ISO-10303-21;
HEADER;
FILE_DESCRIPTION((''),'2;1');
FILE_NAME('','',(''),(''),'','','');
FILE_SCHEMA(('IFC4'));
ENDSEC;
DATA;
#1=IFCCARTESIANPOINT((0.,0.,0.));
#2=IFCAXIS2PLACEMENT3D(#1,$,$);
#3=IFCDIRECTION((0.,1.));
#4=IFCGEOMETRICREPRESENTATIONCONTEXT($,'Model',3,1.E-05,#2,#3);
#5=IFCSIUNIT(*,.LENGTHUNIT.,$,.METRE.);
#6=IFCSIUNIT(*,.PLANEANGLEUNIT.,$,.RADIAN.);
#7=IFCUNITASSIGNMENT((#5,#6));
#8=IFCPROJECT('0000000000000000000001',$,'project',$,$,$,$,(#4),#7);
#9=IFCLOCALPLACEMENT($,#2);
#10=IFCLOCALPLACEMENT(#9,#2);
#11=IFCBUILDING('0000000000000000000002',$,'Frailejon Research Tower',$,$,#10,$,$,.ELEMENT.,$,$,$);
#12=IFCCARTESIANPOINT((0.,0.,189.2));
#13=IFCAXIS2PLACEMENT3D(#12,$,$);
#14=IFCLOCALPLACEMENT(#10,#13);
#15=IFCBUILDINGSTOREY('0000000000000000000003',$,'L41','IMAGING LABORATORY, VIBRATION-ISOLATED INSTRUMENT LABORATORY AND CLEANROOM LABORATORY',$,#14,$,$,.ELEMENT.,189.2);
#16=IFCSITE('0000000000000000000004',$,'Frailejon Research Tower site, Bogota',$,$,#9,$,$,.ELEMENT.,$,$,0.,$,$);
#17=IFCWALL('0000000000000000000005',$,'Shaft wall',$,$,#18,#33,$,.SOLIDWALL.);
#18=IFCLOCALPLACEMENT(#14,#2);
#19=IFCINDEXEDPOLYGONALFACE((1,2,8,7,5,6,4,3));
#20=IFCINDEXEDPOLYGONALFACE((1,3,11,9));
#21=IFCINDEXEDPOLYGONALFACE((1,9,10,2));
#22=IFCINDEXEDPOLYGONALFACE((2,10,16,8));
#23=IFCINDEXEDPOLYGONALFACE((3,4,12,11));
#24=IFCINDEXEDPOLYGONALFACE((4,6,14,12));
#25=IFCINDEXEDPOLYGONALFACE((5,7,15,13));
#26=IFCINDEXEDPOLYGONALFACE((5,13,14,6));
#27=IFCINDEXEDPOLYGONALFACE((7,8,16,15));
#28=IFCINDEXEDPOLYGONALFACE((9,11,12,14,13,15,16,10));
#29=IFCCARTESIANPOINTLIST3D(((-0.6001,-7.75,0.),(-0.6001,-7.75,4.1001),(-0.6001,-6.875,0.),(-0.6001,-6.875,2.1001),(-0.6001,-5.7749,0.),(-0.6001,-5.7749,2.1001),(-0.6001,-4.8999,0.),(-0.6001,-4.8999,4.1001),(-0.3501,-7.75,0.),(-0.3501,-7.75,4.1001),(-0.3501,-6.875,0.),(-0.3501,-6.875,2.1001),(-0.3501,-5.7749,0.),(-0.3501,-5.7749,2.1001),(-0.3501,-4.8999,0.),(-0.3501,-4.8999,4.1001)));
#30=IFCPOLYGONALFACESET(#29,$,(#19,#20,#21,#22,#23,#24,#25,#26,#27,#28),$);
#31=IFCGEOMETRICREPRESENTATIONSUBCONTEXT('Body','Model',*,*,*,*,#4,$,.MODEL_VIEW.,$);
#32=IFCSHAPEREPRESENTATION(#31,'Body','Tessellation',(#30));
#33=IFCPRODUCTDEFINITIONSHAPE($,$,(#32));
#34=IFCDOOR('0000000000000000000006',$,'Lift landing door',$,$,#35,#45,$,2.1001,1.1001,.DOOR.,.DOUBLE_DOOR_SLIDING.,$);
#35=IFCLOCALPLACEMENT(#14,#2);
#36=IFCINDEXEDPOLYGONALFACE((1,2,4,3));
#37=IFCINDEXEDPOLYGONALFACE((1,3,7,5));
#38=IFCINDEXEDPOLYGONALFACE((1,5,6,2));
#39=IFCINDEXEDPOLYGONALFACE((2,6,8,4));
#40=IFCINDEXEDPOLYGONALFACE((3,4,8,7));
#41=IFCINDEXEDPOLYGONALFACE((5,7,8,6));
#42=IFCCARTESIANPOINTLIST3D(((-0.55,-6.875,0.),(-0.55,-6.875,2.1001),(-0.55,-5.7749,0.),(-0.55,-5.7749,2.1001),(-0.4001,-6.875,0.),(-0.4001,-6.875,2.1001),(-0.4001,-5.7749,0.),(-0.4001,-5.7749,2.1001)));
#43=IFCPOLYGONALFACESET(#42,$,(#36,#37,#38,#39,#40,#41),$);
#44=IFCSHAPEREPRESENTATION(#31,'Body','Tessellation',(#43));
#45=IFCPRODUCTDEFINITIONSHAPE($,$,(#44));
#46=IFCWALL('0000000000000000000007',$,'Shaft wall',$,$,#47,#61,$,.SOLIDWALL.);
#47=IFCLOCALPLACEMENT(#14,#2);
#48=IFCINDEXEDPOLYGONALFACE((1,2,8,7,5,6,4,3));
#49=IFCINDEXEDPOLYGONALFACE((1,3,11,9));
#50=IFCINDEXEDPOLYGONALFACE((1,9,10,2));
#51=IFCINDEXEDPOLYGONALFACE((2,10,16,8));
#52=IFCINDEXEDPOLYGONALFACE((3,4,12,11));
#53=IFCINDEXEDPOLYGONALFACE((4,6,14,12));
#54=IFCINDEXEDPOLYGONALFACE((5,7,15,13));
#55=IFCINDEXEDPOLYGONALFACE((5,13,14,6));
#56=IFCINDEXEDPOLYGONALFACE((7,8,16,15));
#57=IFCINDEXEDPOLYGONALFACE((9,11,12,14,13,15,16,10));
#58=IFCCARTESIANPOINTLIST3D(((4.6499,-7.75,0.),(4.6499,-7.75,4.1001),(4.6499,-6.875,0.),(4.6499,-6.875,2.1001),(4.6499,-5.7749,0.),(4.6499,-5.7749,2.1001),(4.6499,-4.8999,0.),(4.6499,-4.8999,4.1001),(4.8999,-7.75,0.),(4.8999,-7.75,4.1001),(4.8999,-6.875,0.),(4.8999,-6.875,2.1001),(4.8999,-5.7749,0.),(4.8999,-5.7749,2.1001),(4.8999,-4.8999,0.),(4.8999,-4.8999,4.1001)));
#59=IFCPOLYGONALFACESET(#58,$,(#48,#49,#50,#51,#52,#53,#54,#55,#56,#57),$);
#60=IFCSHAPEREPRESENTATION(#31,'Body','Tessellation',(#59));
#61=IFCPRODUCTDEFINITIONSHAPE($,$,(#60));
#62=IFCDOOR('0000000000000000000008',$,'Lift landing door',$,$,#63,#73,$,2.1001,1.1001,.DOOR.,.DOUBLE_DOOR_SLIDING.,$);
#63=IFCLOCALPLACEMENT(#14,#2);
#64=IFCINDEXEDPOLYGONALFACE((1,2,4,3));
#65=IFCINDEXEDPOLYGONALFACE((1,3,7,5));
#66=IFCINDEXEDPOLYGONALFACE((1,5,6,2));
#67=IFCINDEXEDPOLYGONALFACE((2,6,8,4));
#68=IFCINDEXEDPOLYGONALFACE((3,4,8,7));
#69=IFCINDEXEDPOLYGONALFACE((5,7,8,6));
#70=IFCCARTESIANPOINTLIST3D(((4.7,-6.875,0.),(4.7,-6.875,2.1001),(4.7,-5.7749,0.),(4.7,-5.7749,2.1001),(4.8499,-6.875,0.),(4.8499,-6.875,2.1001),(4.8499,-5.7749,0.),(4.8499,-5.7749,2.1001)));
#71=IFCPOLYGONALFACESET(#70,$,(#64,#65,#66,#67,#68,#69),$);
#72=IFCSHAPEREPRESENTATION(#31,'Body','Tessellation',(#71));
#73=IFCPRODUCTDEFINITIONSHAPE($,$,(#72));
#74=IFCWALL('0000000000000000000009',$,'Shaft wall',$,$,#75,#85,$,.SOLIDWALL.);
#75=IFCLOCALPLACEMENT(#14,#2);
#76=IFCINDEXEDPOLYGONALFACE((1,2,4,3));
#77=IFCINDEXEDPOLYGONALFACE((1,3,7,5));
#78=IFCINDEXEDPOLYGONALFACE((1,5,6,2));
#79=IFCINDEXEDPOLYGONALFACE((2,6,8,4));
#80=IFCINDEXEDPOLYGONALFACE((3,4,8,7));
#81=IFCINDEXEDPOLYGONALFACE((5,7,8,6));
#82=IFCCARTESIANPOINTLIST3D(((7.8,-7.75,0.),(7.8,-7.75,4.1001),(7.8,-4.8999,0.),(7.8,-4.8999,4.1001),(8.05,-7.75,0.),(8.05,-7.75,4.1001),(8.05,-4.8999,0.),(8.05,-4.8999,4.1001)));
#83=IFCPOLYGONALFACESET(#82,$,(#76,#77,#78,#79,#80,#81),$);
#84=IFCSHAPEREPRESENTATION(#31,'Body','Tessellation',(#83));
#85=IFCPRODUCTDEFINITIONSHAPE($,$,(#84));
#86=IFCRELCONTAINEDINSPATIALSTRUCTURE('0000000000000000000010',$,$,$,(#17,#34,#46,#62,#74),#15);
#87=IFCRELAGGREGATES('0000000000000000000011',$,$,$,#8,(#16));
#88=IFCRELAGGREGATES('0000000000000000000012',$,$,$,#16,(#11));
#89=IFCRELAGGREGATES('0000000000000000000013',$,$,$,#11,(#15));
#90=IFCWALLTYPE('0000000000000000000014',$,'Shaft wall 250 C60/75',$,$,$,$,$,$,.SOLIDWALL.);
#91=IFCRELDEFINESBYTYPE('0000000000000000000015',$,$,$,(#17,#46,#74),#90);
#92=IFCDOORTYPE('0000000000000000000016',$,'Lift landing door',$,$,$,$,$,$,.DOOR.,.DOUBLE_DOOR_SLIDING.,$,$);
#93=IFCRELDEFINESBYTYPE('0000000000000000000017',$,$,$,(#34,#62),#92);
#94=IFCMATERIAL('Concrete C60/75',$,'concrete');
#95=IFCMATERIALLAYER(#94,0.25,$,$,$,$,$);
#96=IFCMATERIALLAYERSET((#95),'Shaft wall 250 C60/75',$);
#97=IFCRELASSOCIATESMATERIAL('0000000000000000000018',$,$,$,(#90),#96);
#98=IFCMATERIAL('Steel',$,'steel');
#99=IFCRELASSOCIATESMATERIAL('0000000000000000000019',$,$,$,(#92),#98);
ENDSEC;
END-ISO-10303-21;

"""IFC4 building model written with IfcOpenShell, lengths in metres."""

from ifc_helpers import new_model, si_unit, direction, frame, frame_2d, origin, place, context, subcontext, project, spatial, rectangle, extrude, material, layer, layer_set, type_object, element, fill, save


model = new_model("IFC4")

# Units and contexts
model_context = context("Model", 3, precision=1e-05, world=origin(), true_north=direction((0.0, 1.0)))
body_context = subcontext(model_context, "Body", "Model", "MODEL_VIEW")
ifc_project = project(units=[si_unit("LENGTHUNIT", "METRE"), si_unit("PLANEANGLEUNIT", "RADIAN")], contexts=[model_context])

# Site, building, storey
site_placement = place(None, origin())
site = spatial("IfcSite", under=ifc_project, at=site_placement, Name="Frailejon Research Tower site, Bogota", CompositionType="ELEMENT", RefElevation=0.0)
building_placement = place(site_placement, origin())
building = spatial("IfcBuilding", under=site, at=building_placement, Name="Frailejon Research Tower", CompositionType="ELEMENT")
storey_placement = place(building_placement, frame((0.0, 0.0, 189.2)))
storey = spatial("IfcBuildingStorey", under=building, at=storey_placement, Name="L41", Description="IMAGING LABORATORY, VIBRATION-ISOLATED INSTRUMENT LABORATORY AND CLEANROOM LABORATORY", CompositionType="ELEMENT", Elevation=189.2)

# Walls, openings, doors
ifc_material_1 = material(Name="Concrete C60/75", Category="concrete")
ifc_layer_1 = layer(ifc_material_1, 0.25)
ifc_layer_set_1 = layer_set([ifc_layer_1], Name="Shaft wall 250 C60/75")
wall_type_1 = type_object("IfcWallType", Name="Shaft wall 250 C60/75", PredefinedType="SOLIDWALL", material=ifc_layer_set_1)
wall_1_placement = place(storey_placement, frame((-0.4751, -7.75, 0.0), z_axis=(0.0, 0.0, 1.0), x_axis=(0.0, 1.0, 0.0)))
wall_1 = element("IfcWall", 1, at=wall_1_placement, inside=storey, type_object=wall_type_1, Name="Shaft wall", PredefinedType="SOLIDWALL", context=body_context, shape_type="SweptSolid", body=[
    extrude(rectangle(XDim=2.8501, YDim=0.25, at=frame_2d((1.425, 0.0))), origin(), (0.0, 0.0, 1.0), 4.1001),
])
opening_1_placement = place(wall_1_placement, frame((0.875, 0.0, 0.0)))
opening_1 = element("IfcOpeningElement", 2, at=opening_1_placement, cuts=wall_1, PredefinedType="OPENING", context=body_context, shape_type="SweptSolid", body=[
    extrude(rectangle(XDim=1.1001, YDim=2.1001, at=frame_2d((0.55, 1.05))), frame((0.0, 0.135, 0.0), z_axis=(0.0, -1.0, 0.0), x_axis=(1.0, 0.0, 0.0)), (0.0, 0.0, 1.0), 0.27),
])
ifc_material_2 = material(Name="Steel", Category="steel")
door_type_1 = type_object("IfcDoorType", Name="Lift landing door", OperationType="DOUBLE_DOOR_SLIDING", PredefinedType="DOOR", material=ifc_material_2)
door_1_placement = place(opening_1_placement, origin())
door_1 = element("IfcDoor", 3, at=door_1_placement, inside=storey, type_object=door_type_1, Name="Lift landing door", OperationType="DOUBLE_DOOR_SLIDING", OverallHeight=2.1001, OverallWidth=1.1001, PredefinedType="DOOR", context=body_context, shape_type="SweptSolid", body=[
    extrude(rectangle(XDim=1.1001, YDim=2.1001, at=frame_2d((0.55, 1.05))), frame((0.0, 0.075, 0.0), z_axis=(0.0, -1.0, 0.0), x_axis=(1.0, 0.0, 0.0)), (0.0, 0.0, 1.0), 0.1499),
])
fill(opening_1, door_1)
wall_2_placement = place(storey_placement, frame((4.7749, -7.75, 0.0), z_axis=(0.0, 0.0, 1.0), x_axis=(0.0, 1.0, 0.0)))
wall_2 = element("IfcWall", 4, at=wall_2_placement, inside=storey, type_object=wall_type_1, Name="Shaft wall", PredefinedType="SOLIDWALL", context=body_context, shape_type="SweptSolid", body=[
    extrude(rectangle(XDim=2.8501, YDim=0.25, at=frame_2d((1.425, 0.0))), origin(), (0.0, 0.0, 1.0), 4.1001),
])
opening_2_placement = place(wall_2_placement, frame((0.875, 0.0, 0.0)))
opening_2 = element("IfcOpeningElement", 5, at=opening_2_placement, cuts=wall_2, PredefinedType="OPENING", context=body_context, shape_type="SweptSolid", body=[
    extrude(rectangle(XDim=1.1001, YDim=2.1001, at=frame_2d((0.55, 1.05))), frame((0.0, 0.135, 0.0), z_axis=(0.0, -1.0, 0.0), x_axis=(1.0, 0.0, 0.0)), (0.0, 0.0, 1.0), 0.27),
])
door_2_placement = place(opening_2_placement, origin())
door_2 = element("IfcDoor", 6, at=door_2_placement, inside=storey, type_object=door_type_1, Name="Lift landing door", OperationType="DOUBLE_DOOR_SLIDING", OverallHeight=2.1001, OverallWidth=1.1001, PredefinedType="DOOR", context=body_context, shape_type="SweptSolid", body=[
    extrude(rectangle(XDim=1.1001, YDim=2.1001, at=frame_2d((0.55, 1.05))), frame((0.0, 0.075, 0.0), z_axis=(0.0, -1.0, 0.0), x_axis=(1.0, 0.0, 0.0)), (0.0, 0.0, 1.0), 0.1499),
])
fill(opening_2, door_2)

# Wall
wall_3_placement = place(storey_placement, frame((7.925, -7.75, 0.0), z_axis=(0.0, 0.0, 1.0), x_axis=(0.0, 1.0, 0.0)))
element("IfcWall", 7, at=wall_3_placement, inside=storey, type_object=wall_type_1, Name="Shaft wall", PredefinedType="SOLIDWALL", context=body_context, shape_type="SweptSolid", body=[
    extrude(rectangle(XDim=2.8501, YDim=0.25, at=frame_2d((1.425, 0.0))), origin(), (0.0, 0.0, 1.0), 4.1001),
])

save(model, "model.ifc")
